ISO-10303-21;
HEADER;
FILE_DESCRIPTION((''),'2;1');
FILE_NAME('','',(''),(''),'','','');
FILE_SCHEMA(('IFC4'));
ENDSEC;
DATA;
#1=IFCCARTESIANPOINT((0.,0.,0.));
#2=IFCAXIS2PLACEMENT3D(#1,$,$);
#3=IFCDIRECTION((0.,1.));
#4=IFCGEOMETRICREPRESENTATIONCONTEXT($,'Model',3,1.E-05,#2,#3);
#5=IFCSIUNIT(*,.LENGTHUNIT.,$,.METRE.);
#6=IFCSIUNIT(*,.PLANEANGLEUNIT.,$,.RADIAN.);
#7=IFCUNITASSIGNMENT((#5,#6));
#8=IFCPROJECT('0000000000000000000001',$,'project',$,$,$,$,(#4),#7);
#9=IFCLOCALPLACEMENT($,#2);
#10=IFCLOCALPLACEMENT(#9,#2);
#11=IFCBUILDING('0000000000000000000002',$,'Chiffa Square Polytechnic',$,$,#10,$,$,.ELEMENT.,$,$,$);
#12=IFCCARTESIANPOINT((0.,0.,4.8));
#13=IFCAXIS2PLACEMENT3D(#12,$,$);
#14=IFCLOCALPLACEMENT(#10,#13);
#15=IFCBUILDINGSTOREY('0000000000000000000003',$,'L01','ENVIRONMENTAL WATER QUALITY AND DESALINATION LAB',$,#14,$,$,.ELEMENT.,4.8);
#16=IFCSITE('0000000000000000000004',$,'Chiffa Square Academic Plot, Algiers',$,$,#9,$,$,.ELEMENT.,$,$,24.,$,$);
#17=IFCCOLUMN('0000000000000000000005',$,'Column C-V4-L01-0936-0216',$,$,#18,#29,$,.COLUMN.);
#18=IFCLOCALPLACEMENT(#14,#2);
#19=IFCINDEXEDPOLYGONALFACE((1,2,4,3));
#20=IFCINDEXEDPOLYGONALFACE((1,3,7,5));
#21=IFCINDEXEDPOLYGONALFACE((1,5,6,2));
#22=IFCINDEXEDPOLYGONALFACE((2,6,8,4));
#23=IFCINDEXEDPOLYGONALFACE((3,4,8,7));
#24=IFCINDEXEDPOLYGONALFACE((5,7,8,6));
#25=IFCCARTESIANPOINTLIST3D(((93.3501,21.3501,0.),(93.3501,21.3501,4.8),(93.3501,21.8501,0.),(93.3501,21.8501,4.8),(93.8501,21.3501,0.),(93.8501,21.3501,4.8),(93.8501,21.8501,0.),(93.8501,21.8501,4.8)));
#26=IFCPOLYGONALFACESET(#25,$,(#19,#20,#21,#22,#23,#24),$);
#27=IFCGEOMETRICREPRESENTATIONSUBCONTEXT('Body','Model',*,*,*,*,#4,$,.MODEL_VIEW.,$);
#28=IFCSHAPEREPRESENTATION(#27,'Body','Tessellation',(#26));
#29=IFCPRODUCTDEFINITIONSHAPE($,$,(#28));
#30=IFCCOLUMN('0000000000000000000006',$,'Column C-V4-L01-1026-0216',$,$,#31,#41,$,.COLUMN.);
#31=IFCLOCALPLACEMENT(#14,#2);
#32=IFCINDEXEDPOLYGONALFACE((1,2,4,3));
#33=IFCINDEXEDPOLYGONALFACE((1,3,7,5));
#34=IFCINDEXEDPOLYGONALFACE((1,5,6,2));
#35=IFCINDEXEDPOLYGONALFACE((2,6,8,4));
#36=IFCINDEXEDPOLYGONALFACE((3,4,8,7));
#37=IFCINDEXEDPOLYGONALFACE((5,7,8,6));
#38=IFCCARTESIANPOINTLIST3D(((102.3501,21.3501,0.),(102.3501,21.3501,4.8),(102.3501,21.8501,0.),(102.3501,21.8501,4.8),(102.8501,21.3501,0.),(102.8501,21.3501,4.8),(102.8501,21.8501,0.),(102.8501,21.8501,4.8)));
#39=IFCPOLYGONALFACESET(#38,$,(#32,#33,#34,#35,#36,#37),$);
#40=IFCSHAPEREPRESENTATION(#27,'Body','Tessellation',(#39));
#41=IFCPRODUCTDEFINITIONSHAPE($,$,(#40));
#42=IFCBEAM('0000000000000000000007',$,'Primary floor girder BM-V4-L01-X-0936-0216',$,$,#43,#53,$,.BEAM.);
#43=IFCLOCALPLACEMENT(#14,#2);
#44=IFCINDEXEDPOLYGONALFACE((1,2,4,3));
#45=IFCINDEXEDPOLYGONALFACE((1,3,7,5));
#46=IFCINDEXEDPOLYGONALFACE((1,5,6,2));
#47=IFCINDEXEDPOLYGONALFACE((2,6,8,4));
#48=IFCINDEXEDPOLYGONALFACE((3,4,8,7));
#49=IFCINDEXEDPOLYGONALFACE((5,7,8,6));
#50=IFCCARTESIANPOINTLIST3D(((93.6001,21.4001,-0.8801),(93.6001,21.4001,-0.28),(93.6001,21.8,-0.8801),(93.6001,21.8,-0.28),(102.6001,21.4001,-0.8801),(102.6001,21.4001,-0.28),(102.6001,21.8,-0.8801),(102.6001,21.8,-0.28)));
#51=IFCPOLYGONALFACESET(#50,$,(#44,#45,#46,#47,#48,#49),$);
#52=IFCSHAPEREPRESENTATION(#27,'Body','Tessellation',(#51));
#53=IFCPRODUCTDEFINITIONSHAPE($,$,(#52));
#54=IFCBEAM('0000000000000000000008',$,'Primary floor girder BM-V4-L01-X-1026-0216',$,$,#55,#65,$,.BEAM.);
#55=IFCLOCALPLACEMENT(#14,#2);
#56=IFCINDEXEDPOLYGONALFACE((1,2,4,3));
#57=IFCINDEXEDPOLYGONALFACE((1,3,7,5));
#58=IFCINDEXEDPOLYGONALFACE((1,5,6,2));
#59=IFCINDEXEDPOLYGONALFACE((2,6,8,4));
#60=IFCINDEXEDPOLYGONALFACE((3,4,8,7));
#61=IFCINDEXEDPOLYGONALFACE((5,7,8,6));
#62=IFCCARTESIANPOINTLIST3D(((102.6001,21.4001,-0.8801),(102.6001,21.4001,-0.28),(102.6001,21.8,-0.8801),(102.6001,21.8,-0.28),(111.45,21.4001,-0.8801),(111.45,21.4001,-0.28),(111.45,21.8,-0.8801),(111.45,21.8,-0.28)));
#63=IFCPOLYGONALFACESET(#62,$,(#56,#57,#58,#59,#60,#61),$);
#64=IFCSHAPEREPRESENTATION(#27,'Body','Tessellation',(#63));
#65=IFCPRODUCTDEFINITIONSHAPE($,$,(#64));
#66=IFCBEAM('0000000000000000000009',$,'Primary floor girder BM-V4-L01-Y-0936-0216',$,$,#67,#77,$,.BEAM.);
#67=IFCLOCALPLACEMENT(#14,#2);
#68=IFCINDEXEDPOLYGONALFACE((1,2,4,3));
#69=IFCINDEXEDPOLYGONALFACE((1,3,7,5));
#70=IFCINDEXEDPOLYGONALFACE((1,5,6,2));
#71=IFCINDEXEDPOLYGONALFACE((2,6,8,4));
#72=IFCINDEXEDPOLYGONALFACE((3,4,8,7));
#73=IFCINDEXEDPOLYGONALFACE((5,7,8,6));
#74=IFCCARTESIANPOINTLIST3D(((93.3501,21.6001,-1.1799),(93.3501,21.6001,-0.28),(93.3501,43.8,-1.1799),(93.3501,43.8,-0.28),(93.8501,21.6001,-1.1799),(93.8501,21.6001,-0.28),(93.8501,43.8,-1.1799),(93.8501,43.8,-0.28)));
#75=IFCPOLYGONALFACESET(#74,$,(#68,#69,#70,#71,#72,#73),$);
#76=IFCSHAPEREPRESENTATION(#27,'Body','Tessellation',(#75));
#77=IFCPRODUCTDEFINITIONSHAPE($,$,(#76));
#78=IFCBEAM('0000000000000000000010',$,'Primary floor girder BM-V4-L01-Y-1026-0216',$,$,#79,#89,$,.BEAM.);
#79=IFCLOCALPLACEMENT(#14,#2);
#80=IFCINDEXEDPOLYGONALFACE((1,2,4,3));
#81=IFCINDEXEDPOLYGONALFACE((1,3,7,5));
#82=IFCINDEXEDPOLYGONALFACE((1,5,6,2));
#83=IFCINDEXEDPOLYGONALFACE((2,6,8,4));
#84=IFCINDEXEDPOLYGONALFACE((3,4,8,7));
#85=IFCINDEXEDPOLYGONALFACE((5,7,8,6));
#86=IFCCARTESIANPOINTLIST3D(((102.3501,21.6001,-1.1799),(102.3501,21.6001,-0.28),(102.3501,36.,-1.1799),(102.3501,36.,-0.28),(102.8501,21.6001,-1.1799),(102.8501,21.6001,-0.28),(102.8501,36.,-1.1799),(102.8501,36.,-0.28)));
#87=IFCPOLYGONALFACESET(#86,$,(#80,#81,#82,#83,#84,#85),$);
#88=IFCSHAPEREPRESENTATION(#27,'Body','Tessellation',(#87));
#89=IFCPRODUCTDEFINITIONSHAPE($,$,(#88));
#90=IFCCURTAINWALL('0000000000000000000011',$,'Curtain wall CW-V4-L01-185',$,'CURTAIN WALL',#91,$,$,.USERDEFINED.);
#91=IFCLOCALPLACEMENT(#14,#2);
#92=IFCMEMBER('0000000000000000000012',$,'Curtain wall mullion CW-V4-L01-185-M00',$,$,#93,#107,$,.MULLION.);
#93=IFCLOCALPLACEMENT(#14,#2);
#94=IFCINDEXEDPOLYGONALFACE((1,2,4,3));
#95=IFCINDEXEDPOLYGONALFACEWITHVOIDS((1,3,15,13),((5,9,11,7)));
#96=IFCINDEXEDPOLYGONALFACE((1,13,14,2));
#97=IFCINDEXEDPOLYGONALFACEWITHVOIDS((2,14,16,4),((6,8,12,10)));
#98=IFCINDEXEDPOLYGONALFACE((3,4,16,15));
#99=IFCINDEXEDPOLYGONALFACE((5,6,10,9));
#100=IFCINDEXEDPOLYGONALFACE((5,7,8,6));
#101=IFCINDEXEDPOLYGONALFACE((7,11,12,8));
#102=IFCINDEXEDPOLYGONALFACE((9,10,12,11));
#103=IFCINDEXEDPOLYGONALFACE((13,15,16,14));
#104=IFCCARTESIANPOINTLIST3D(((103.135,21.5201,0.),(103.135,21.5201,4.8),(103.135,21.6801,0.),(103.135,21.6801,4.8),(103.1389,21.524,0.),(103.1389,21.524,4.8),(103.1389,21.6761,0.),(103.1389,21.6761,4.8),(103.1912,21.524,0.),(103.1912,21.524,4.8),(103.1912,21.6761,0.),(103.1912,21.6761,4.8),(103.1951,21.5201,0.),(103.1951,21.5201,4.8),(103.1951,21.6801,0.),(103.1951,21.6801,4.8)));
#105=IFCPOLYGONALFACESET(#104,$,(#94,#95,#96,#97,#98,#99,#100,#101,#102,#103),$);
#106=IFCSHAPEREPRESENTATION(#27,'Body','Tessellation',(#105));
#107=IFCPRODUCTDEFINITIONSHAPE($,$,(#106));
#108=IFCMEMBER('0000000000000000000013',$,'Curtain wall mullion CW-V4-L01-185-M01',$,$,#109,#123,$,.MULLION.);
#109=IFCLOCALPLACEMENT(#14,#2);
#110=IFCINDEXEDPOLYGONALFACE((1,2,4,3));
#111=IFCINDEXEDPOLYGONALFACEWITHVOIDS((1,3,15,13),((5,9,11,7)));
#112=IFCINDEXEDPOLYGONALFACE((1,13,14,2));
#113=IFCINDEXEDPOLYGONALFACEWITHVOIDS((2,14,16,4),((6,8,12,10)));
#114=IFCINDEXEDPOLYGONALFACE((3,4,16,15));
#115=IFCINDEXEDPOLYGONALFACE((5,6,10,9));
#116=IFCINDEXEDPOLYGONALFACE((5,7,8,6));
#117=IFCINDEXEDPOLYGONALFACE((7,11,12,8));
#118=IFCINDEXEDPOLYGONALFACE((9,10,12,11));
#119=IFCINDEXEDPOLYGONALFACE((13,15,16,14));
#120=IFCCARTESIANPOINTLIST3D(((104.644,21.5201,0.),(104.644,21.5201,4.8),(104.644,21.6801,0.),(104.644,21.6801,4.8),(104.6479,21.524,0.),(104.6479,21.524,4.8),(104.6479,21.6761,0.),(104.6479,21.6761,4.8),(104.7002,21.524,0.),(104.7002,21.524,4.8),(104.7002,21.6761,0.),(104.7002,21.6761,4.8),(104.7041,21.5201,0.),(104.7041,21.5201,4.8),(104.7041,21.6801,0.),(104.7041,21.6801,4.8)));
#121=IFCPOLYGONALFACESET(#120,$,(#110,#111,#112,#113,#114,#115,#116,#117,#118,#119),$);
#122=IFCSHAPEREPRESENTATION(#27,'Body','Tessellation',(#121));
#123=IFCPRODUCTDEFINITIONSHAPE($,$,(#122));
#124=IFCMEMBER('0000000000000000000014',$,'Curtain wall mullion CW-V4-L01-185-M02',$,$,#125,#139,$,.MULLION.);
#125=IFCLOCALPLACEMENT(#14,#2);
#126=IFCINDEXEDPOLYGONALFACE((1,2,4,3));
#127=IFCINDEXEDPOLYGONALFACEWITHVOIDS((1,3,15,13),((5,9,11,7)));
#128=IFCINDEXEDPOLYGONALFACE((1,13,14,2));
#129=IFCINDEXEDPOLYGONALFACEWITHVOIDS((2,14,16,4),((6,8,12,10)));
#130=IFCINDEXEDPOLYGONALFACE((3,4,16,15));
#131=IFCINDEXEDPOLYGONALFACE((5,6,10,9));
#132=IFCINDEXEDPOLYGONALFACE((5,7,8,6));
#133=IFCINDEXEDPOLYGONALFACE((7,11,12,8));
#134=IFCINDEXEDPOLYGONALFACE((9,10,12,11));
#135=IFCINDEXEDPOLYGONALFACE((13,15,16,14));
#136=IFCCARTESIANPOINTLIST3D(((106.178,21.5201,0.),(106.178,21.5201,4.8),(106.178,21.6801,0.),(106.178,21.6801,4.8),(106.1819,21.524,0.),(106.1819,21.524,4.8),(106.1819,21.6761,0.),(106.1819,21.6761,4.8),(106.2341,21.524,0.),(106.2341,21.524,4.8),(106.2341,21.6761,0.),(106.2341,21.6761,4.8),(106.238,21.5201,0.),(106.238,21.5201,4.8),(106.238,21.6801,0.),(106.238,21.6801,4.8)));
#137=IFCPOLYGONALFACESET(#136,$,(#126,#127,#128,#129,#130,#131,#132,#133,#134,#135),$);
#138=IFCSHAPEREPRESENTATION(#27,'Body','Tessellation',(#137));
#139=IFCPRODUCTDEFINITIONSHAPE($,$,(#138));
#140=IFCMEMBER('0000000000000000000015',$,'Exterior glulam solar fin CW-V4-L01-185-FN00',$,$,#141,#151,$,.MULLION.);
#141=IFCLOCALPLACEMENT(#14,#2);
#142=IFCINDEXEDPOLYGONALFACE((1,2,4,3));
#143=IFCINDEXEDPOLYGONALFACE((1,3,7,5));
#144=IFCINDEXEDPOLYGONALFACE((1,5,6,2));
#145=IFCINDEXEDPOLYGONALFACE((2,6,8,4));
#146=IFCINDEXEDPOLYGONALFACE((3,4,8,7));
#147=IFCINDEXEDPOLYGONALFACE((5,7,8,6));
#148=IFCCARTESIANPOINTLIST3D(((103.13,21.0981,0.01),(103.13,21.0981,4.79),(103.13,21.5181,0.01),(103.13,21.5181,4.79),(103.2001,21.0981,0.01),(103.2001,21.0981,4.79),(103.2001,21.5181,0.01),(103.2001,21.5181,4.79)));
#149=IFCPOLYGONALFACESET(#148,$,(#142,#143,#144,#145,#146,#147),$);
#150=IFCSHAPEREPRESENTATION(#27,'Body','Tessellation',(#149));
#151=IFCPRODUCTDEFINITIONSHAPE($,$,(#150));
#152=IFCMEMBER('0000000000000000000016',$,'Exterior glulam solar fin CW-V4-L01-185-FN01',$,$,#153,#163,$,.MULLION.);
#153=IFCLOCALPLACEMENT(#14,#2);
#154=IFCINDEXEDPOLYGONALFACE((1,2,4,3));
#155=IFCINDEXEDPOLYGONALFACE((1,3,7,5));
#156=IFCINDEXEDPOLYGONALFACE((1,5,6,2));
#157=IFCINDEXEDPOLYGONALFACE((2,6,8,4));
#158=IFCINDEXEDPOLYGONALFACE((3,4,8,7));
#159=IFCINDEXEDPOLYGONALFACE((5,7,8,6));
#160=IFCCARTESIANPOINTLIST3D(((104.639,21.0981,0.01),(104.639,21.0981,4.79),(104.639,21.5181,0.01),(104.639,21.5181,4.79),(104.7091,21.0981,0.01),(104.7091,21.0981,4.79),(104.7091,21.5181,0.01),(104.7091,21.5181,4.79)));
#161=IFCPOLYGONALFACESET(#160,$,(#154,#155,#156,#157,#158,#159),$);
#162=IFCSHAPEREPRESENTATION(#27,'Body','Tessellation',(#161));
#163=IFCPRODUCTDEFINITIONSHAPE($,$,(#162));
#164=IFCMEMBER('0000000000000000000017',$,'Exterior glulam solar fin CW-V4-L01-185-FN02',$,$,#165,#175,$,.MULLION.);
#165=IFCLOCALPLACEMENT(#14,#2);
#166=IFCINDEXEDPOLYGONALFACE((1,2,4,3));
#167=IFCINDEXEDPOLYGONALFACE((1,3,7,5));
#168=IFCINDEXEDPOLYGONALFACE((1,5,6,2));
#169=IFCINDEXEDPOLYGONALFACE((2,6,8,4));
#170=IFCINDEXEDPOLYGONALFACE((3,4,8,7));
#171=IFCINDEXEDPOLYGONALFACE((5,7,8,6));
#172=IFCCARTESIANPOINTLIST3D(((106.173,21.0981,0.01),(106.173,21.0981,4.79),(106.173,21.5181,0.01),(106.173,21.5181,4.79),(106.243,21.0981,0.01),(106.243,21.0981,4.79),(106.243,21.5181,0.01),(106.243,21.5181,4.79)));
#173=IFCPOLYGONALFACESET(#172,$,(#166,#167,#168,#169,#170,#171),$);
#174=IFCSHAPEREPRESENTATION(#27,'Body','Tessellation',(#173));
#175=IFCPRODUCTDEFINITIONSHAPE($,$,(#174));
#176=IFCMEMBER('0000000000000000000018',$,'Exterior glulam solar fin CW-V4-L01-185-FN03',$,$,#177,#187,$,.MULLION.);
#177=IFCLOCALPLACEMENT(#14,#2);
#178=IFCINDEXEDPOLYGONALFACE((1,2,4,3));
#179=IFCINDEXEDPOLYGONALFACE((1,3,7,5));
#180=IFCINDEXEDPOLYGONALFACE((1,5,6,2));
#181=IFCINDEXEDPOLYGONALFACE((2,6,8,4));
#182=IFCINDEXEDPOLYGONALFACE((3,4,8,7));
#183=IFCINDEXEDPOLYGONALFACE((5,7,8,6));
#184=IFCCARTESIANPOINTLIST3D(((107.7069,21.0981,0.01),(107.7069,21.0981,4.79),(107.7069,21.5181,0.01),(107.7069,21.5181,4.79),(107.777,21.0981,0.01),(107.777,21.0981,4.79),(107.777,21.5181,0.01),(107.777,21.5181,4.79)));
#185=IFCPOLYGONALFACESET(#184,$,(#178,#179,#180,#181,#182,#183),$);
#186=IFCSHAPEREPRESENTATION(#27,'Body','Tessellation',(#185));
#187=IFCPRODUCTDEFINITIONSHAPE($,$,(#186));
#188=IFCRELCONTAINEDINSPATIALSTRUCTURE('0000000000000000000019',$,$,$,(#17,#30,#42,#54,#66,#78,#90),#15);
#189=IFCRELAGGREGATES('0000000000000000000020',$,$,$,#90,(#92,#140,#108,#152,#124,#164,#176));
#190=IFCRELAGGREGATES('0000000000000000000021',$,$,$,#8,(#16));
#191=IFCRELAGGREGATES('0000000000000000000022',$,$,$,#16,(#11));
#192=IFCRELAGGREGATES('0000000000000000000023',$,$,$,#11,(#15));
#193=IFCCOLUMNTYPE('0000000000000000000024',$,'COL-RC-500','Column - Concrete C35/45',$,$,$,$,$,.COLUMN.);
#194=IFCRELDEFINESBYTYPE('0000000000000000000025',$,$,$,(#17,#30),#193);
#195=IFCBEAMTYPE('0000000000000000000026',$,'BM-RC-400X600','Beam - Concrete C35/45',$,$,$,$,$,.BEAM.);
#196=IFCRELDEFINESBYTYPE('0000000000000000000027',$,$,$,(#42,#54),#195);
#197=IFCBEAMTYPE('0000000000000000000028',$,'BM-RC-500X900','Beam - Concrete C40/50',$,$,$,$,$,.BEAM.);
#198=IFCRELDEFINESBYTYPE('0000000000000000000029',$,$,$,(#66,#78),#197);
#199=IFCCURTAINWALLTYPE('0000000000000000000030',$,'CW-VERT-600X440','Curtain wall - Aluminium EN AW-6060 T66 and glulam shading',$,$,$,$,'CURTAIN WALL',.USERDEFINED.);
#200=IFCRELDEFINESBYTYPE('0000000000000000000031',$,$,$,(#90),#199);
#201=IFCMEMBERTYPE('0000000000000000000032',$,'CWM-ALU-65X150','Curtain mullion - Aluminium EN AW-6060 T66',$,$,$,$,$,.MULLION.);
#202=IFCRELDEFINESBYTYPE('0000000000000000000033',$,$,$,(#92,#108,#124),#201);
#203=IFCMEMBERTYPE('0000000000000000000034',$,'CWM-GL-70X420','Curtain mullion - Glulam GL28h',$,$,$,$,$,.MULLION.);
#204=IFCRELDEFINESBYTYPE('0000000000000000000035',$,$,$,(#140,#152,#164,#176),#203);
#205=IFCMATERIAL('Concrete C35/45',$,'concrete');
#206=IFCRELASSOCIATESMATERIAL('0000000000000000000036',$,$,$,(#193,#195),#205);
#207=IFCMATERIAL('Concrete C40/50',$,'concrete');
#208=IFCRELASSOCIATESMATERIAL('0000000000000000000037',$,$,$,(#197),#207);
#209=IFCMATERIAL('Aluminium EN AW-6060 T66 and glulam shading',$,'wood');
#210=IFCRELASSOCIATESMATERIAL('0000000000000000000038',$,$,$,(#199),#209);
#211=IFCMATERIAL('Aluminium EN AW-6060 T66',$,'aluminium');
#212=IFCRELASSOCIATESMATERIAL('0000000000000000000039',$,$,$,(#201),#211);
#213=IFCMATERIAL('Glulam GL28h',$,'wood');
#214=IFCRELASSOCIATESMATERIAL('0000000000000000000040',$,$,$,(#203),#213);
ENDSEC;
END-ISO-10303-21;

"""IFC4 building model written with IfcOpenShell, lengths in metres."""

from ifc_helpers import new_model, si_unit, direction, frame, origin, origin_2d, place, context, subcontext, project, spatial, rectangle, hollow_rectangle, extrude, material, material_profile, profile_set, type_object, element, aggregate, save


model = new_model("IFC4")

# Units and contexts
model_context = context("Model", 3, precision=1e-05, world=origin(), true_north=direction((0.0, 1.0)))
body_context = subcontext(model_context, "Body", "Model", "MODEL_VIEW")
ifc_project = project(units=[si_unit("LENGTHUNIT", "METRE"), si_unit("PLANEANGLEUNIT", "RADIAN")], contexts=[model_context])

# Site, building, storey
site_placement = place(None, origin())
site = spatial("IfcSite", under=ifc_project, at=site_placement, Name="Chiffa Square Academic Plot, Algiers", CompositionType="ELEMENT", RefElevation=24.0)
building_placement = place(site_placement, origin())
building = spatial("IfcBuilding", under=site, at=building_placement, Name="Chiffa Square Polytechnic", CompositionType="ELEMENT")
storey_placement = place(building_placement, frame((0.0, 0.0, 4.8)))
storey = spatial("IfcBuildingStorey", under=building, at=storey_placement, Name="L01", Description="ENVIRONMENTAL WATER QUALITY AND DESALINATION LAB", CompositionType="ELEMENT", Elevation=4.8)

# Columns
ifc_material_1 = material(Name="Concrete C35/45", Category="concrete")
ifc_material_profile_1 = material_profile(ifc_material_1, rectangle(XDim=0.5, YDim=0.5, at=origin_2d()), Name="RC 500x500")
ifc_profile_set_1 = profile_set([ifc_material_profile_1], Name="Concrete C35/45")
column_type = type_object("IfcColumnType", Name="COL-RC-500", Description="Column - Concrete C35/45", PredefinedType="COLUMN", material=ifc_profile_set_1)
for number, where, z_axis, x_axis, name in (
    (1, (93.6001, 21.6001, 0.0), (0.0, 0.0, 1.0), (1.0, 0.0, 0.0), "Column C-V4-L01-0936-0216"),
    (2, (102.6001, 21.6001, 0.0), (0.0, 0.0, 1.0), (1.0, 0.0, 0.0), "Column C-V4-L01-1026-0216"),
):
    element("IfcColumn", number, at=place(storey_placement, frame(where, z_axis=z_axis, x_axis=x_axis)), inside=storey, type_object=column_type, Name=name, PredefinedType="COLUMN", context=body_context, shape_type="SweptSolid", body=[
        extrude(rectangle(XDim=0.5, YDim=0.5, at=origin_2d()), origin(), (0.0, 0.0, 1.0), 4.8),
    ])

# Beams
ifc_material_profile_2 = material_profile(ifc_material_1, rectangle(XDim=0.3999, YDim=0.6001, at=origin_2d()), Name="RC 400x600")
ifc_profile_set_2 = profile_set([ifc_material_profile_2], Name="Concrete C35/45")
beam_type_1 = type_object("IfcBeamType", Name="BM-RC-400X600", Description="Beam - Concrete C35/45", PredefinedType="BEAM", material=ifc_profile_set_2)
beam_1_placement = place(storey_placement, frame((93.6001, 21.6001, -0.5801), z_axis=(1.0, 0.0, 0.0), x_axis=(0.0, 1.0, 0.0)))
element("IfcBeam", 3, at=beam_1_placement, inside=storey, type_object=beam_type_1, Name="Primary floor girder BM-V4-L01-X-0936-0216", PredefinedType="BEAM", context=body_context, shape_type="SweptSolid", body=[
    extrude(rectangle(XDim=0.3999, YDim=0.6001, at=origin_2d()), origin(), (0.0, 0.0, 1.0), 9.0),
])
beam_2_placement = place(storey_placement, frame((102.6001, 21.6001, -0.5801), z_axis=(1.0, 0.0, 0.0), x_axis=(0.0, 1.0, 0.0)))
element("IfcBeam", 4, at=beam_2_placement, inside=storey, type_object=beam_type_1, Name="Primary floor girder BM-V4-L01-X-1026-0216", PredefinedType="BEAM", context=body_context, shape_type="SweptSolid", body=[
    extrude(rectangle(XDim=0.3999, YDim=0.6001, at=origin_2d()), origin(), (0.0, 0.0, 1.0), 8.8499),
])
ifc_material_2 = material(Name="Concrete C40/50", Category="concrete")
ifc_material_profile_3 = material_profile(ifc_material_2, rectangle(XDim=0.5, YDim=0.8999, at=origin_2d()), Name="RC 500x900")
ifc_profile_set_3 = profile_set([ifc_material_profile_3], Name="Concrete C40/50")
beam_type_2 = type_object("IfcBeamType", Name="BM-RC-500X900", Description="Beam - Concrete C40/50", PredefinedType="BEAM", material=ifc_profile_set_3)
beam_3_placement = place(storey_placement, frame((93.6001, 21.6001, -0.73), z_axis=(0.0, 1.0, 0.0), x_axis=(-1.0, 0.0, 0.0)))
element("IfcBeam", 5, at=beam_3_placement, inside=storey, type_object=beam_type_2, Name="Primary floor girder BM-V4-L01-Y-0936-0216", PredefinedType="BEAM", context=body_context, shape_type="SweptSolid", body=[
    extrude(rectangle(XDim=0.5, YDim=0.8999, at=origin_2d()), origin(), (0.0, 0.0, 1.0), 22.2),
])
beam_4_placement = place(storey_placement, frame((102.6001, 21.6001, -0.73), z_axis=(0.0, 1.0, 0.0), x_axis=(-1.0, 0.0, 0.0)))
element("IfcBeam", 6, at=beam_4_placement, inside=storey, type_object=beam_type_2, Name="Primary floor girder BM-V4-L01-Y-1026-0216", PredefinedType="BEAM", context=body_context, shape_type="SweptSolid", body=[
    extrude(rectangle(XDim=0.5, YDim=0.8999, at=origin_2d()), origin(), (0.0, 0.0, 1.0), 14.3999),
])

# Curtain wall, members
ifc_material_3 = material(Name="Aluminium EN AW-6060 T66 and glulam shading", Category="wood")
curtain_wall_type = type_object("IfcCurtainWallType", Name="CW-VERT-600X440", Description="Curtain wall - Aluminium EN AW-6060 T66 and glulam shading", ElementType="CURTAIN WALL", PredefinedType="USERDEFINED", material=ifc_material_3)
curtain_wall_placement = place(storey_placement, origin())
curtain_wall = element("IfcCurtainWall", 7, at=curtain_wall_placement, inside=storey, type_object=curtain_wall_type, Name="Curtain wall CW-V4-L01-185", ObjectType="CURTAIN WALL", PredefinedType="USERDEFINED")
ifc_material_4 = material(Name="Aluminium EN AW-6060 T66", Category="aluminium")
ifc_material_profile_4 = material_profile(ifc_material_4, hollow_rectangle(XDim=0.0601, YDim=0.1599, WallThickness=0.0039, at=origin_2d()), Name="ALU 60x160x4")
ifc_profile_set_4 = profile_set([ifc_material_profile_4], Name="Aluminium EN AW-6060 T66")
member_type_1 = type_object("IfcMemberType", Name="CWM-ALU-65X150", Description="Curtain mullion - Aluminium EN AW-6060 T66", PredefinedType="MULLION", material=ifc_profile_set_4)
member_1_placement = place(storey_placement, frame((103.165, 21.6001, 0.0), z_axis=(0.0, 0.0, 1.0), x_axis=(1.0, 0.0, 0.0)))
member_1 = element("IfcMember", 8, at=member_1_placement, type_object=member_type_1, Name="Curtain wall mullion CW-V4-L01-185-M00", PredefinedType="MULLION", context=body_context, shape_type="SweptSolid", body=[
    extrude(hollow_rectangle(XDim=0.0601, YDim=0.1599, WallThickness=0.0039, at=origin_2d()), origin(), (0.0, 0.0, 1.0), 4.8),
])
member_2_placement = place(storey_placement, frame((104.6741, 21.6001, 0.0), z_axis=(0.0, 0.0, 1.0), x_axis=(1.0, 0.0, 0.0)))
member_2 = element("IfcMember", 9, at=member_2_placement, type_object=member_type_1, Name="Curtain wall mullion CW-V4-L01-185-M01", PredefinedType="MULLION", context=body_context, shape_type="SweptSolid", body=[
    extrude(hollow_rectangle(XDim=0.0601, YDim=0.1599, WallThickness=0.0039, at=origin_2d()), origin(), (0.0, 0.0, 1.0), 4.8),
])
member_3_placement = place(storey_placement, frame((106.208, 21.6001, 0.0), z_axis=(0.0, 0.0, 1.0), x_axis=(1.0, 0.0, 0.0)))
member_3 = element("IfcMember", 10, at=member_3_placement, type_object=member_type_1, Name="Curtain wall mullion CW-V4-L01-185-M02", PredefinedType="MULLION", context=body_context, shape_type="SweptSolid", body=[
    extrude(hollow_rectangle(XDim=0.0601, YDim=0.1599, WallThickness=0.0039, at=origin_2d()), origin(), (0.0, 0.0, 1.0), 4.8),
])
ifc_material_5 = material(Name="Glulam GL28h", Category="wood")
ifc_material_profile_5 = material_profile(ifc_material_5, rectangle(XDim=0.0701, YDim=0.4199, at=origin_2d()), Name="GL28h 70x420")
ifc_profile_set_5 = profile_set([ifc_material_profile_5], Name="Glulam GL28h")
member_type_2 = type_object("IfcMemberType", Name="CWM-GL-70X420", Description="Curtain mullion - Glulam GL28h", PredefinedType="MULLION", material=ifc_profile_set_5)
member_4_placement = place(storey_placement, frame((103.165, 21.3081, 0.01), z_axis=(0.0, 0.0, 1.0), x_axis=(1.0, 0.0, 0.0)))
member_4 = element("IfcMember", 11, at=member_4_placement, type_object=member_type_2, Name="Exterior glulam solar fin CW-V4-L01-185-FN00", PredefinedType="MULLION", context=body_context, shape_type="SweptSolid", body=[
    extrude(rectangle(XDim=0.0701, YDim=0.4199, at=origin_2d()), origin(), (0.0, 0.0, 1.0), 4.78),
])
member_5_placement = place(storey_placement, frame((104.6741, 21.3081, 0.01), z_axis=(0.0, 0.0, 1.0), x_axis=(1.0, 0.0, 0.0)))
member_5 = element("IfcMember", 12, at=member_5_placement, type_object=member_type_2, Name="Exterior glulam solar fin CW-V4-L01-185-FN01", PredefinedType="MULLION", context=body_context, shape_type="SweptSolid", body=[
    extrude(rectangle(XDim=0.0701, YDim=0.4199, at=origin_2d()), origin(), (0.0, 0.0, 1.0), 4.78),
])
member_6_placement = place(storey_placement, frame((106.208, 21.3081, 0.01), z_axis=(0.0, 0.0, 1.0), x_axis=(1.0, 0.0, 0.0)))
member_6 = element("IfcMember", 13, at=member_6_placement, type_object=member_type_2, Name="Exterior glulam solar fin CW-V4-L01-185-FN02", PredefinedType="MULLION", context=body_context, shape_type="SweptSolid", body=[
    extrude(rectangle(XDim=0.0701, YDim=0.4199, at=origin_2d()), origin(), (0.0, 0.0, 1.0), 4.78),
])
member_7_placement = place(storey_placement, frame((107.7419, 21.3081, 0.01), z_axis=(0.0, 0.0, 1.0), x_axis=(1.0, 0.0, 0.0)))
member_7 = element("IfcMember", 14, at=member_7_placement, type_object=member_type_2, Name="Exterior glulam solar fin CW-V4-L01-185-FN03", PredefinedType="MULLION", context=body_context, shape_type="SweptSolid", body=[
    extrude(rectangle(XDim=0.0701, YDim=0.4199, at=origin_2d()), origin(), (0.0, 0.0, 1.0), 4.78),
])
aggregate(curtain_wall, [member_1, member_4, member_2, member_5, member_3, member_6, member_7])

save(model, "model.ifc")
